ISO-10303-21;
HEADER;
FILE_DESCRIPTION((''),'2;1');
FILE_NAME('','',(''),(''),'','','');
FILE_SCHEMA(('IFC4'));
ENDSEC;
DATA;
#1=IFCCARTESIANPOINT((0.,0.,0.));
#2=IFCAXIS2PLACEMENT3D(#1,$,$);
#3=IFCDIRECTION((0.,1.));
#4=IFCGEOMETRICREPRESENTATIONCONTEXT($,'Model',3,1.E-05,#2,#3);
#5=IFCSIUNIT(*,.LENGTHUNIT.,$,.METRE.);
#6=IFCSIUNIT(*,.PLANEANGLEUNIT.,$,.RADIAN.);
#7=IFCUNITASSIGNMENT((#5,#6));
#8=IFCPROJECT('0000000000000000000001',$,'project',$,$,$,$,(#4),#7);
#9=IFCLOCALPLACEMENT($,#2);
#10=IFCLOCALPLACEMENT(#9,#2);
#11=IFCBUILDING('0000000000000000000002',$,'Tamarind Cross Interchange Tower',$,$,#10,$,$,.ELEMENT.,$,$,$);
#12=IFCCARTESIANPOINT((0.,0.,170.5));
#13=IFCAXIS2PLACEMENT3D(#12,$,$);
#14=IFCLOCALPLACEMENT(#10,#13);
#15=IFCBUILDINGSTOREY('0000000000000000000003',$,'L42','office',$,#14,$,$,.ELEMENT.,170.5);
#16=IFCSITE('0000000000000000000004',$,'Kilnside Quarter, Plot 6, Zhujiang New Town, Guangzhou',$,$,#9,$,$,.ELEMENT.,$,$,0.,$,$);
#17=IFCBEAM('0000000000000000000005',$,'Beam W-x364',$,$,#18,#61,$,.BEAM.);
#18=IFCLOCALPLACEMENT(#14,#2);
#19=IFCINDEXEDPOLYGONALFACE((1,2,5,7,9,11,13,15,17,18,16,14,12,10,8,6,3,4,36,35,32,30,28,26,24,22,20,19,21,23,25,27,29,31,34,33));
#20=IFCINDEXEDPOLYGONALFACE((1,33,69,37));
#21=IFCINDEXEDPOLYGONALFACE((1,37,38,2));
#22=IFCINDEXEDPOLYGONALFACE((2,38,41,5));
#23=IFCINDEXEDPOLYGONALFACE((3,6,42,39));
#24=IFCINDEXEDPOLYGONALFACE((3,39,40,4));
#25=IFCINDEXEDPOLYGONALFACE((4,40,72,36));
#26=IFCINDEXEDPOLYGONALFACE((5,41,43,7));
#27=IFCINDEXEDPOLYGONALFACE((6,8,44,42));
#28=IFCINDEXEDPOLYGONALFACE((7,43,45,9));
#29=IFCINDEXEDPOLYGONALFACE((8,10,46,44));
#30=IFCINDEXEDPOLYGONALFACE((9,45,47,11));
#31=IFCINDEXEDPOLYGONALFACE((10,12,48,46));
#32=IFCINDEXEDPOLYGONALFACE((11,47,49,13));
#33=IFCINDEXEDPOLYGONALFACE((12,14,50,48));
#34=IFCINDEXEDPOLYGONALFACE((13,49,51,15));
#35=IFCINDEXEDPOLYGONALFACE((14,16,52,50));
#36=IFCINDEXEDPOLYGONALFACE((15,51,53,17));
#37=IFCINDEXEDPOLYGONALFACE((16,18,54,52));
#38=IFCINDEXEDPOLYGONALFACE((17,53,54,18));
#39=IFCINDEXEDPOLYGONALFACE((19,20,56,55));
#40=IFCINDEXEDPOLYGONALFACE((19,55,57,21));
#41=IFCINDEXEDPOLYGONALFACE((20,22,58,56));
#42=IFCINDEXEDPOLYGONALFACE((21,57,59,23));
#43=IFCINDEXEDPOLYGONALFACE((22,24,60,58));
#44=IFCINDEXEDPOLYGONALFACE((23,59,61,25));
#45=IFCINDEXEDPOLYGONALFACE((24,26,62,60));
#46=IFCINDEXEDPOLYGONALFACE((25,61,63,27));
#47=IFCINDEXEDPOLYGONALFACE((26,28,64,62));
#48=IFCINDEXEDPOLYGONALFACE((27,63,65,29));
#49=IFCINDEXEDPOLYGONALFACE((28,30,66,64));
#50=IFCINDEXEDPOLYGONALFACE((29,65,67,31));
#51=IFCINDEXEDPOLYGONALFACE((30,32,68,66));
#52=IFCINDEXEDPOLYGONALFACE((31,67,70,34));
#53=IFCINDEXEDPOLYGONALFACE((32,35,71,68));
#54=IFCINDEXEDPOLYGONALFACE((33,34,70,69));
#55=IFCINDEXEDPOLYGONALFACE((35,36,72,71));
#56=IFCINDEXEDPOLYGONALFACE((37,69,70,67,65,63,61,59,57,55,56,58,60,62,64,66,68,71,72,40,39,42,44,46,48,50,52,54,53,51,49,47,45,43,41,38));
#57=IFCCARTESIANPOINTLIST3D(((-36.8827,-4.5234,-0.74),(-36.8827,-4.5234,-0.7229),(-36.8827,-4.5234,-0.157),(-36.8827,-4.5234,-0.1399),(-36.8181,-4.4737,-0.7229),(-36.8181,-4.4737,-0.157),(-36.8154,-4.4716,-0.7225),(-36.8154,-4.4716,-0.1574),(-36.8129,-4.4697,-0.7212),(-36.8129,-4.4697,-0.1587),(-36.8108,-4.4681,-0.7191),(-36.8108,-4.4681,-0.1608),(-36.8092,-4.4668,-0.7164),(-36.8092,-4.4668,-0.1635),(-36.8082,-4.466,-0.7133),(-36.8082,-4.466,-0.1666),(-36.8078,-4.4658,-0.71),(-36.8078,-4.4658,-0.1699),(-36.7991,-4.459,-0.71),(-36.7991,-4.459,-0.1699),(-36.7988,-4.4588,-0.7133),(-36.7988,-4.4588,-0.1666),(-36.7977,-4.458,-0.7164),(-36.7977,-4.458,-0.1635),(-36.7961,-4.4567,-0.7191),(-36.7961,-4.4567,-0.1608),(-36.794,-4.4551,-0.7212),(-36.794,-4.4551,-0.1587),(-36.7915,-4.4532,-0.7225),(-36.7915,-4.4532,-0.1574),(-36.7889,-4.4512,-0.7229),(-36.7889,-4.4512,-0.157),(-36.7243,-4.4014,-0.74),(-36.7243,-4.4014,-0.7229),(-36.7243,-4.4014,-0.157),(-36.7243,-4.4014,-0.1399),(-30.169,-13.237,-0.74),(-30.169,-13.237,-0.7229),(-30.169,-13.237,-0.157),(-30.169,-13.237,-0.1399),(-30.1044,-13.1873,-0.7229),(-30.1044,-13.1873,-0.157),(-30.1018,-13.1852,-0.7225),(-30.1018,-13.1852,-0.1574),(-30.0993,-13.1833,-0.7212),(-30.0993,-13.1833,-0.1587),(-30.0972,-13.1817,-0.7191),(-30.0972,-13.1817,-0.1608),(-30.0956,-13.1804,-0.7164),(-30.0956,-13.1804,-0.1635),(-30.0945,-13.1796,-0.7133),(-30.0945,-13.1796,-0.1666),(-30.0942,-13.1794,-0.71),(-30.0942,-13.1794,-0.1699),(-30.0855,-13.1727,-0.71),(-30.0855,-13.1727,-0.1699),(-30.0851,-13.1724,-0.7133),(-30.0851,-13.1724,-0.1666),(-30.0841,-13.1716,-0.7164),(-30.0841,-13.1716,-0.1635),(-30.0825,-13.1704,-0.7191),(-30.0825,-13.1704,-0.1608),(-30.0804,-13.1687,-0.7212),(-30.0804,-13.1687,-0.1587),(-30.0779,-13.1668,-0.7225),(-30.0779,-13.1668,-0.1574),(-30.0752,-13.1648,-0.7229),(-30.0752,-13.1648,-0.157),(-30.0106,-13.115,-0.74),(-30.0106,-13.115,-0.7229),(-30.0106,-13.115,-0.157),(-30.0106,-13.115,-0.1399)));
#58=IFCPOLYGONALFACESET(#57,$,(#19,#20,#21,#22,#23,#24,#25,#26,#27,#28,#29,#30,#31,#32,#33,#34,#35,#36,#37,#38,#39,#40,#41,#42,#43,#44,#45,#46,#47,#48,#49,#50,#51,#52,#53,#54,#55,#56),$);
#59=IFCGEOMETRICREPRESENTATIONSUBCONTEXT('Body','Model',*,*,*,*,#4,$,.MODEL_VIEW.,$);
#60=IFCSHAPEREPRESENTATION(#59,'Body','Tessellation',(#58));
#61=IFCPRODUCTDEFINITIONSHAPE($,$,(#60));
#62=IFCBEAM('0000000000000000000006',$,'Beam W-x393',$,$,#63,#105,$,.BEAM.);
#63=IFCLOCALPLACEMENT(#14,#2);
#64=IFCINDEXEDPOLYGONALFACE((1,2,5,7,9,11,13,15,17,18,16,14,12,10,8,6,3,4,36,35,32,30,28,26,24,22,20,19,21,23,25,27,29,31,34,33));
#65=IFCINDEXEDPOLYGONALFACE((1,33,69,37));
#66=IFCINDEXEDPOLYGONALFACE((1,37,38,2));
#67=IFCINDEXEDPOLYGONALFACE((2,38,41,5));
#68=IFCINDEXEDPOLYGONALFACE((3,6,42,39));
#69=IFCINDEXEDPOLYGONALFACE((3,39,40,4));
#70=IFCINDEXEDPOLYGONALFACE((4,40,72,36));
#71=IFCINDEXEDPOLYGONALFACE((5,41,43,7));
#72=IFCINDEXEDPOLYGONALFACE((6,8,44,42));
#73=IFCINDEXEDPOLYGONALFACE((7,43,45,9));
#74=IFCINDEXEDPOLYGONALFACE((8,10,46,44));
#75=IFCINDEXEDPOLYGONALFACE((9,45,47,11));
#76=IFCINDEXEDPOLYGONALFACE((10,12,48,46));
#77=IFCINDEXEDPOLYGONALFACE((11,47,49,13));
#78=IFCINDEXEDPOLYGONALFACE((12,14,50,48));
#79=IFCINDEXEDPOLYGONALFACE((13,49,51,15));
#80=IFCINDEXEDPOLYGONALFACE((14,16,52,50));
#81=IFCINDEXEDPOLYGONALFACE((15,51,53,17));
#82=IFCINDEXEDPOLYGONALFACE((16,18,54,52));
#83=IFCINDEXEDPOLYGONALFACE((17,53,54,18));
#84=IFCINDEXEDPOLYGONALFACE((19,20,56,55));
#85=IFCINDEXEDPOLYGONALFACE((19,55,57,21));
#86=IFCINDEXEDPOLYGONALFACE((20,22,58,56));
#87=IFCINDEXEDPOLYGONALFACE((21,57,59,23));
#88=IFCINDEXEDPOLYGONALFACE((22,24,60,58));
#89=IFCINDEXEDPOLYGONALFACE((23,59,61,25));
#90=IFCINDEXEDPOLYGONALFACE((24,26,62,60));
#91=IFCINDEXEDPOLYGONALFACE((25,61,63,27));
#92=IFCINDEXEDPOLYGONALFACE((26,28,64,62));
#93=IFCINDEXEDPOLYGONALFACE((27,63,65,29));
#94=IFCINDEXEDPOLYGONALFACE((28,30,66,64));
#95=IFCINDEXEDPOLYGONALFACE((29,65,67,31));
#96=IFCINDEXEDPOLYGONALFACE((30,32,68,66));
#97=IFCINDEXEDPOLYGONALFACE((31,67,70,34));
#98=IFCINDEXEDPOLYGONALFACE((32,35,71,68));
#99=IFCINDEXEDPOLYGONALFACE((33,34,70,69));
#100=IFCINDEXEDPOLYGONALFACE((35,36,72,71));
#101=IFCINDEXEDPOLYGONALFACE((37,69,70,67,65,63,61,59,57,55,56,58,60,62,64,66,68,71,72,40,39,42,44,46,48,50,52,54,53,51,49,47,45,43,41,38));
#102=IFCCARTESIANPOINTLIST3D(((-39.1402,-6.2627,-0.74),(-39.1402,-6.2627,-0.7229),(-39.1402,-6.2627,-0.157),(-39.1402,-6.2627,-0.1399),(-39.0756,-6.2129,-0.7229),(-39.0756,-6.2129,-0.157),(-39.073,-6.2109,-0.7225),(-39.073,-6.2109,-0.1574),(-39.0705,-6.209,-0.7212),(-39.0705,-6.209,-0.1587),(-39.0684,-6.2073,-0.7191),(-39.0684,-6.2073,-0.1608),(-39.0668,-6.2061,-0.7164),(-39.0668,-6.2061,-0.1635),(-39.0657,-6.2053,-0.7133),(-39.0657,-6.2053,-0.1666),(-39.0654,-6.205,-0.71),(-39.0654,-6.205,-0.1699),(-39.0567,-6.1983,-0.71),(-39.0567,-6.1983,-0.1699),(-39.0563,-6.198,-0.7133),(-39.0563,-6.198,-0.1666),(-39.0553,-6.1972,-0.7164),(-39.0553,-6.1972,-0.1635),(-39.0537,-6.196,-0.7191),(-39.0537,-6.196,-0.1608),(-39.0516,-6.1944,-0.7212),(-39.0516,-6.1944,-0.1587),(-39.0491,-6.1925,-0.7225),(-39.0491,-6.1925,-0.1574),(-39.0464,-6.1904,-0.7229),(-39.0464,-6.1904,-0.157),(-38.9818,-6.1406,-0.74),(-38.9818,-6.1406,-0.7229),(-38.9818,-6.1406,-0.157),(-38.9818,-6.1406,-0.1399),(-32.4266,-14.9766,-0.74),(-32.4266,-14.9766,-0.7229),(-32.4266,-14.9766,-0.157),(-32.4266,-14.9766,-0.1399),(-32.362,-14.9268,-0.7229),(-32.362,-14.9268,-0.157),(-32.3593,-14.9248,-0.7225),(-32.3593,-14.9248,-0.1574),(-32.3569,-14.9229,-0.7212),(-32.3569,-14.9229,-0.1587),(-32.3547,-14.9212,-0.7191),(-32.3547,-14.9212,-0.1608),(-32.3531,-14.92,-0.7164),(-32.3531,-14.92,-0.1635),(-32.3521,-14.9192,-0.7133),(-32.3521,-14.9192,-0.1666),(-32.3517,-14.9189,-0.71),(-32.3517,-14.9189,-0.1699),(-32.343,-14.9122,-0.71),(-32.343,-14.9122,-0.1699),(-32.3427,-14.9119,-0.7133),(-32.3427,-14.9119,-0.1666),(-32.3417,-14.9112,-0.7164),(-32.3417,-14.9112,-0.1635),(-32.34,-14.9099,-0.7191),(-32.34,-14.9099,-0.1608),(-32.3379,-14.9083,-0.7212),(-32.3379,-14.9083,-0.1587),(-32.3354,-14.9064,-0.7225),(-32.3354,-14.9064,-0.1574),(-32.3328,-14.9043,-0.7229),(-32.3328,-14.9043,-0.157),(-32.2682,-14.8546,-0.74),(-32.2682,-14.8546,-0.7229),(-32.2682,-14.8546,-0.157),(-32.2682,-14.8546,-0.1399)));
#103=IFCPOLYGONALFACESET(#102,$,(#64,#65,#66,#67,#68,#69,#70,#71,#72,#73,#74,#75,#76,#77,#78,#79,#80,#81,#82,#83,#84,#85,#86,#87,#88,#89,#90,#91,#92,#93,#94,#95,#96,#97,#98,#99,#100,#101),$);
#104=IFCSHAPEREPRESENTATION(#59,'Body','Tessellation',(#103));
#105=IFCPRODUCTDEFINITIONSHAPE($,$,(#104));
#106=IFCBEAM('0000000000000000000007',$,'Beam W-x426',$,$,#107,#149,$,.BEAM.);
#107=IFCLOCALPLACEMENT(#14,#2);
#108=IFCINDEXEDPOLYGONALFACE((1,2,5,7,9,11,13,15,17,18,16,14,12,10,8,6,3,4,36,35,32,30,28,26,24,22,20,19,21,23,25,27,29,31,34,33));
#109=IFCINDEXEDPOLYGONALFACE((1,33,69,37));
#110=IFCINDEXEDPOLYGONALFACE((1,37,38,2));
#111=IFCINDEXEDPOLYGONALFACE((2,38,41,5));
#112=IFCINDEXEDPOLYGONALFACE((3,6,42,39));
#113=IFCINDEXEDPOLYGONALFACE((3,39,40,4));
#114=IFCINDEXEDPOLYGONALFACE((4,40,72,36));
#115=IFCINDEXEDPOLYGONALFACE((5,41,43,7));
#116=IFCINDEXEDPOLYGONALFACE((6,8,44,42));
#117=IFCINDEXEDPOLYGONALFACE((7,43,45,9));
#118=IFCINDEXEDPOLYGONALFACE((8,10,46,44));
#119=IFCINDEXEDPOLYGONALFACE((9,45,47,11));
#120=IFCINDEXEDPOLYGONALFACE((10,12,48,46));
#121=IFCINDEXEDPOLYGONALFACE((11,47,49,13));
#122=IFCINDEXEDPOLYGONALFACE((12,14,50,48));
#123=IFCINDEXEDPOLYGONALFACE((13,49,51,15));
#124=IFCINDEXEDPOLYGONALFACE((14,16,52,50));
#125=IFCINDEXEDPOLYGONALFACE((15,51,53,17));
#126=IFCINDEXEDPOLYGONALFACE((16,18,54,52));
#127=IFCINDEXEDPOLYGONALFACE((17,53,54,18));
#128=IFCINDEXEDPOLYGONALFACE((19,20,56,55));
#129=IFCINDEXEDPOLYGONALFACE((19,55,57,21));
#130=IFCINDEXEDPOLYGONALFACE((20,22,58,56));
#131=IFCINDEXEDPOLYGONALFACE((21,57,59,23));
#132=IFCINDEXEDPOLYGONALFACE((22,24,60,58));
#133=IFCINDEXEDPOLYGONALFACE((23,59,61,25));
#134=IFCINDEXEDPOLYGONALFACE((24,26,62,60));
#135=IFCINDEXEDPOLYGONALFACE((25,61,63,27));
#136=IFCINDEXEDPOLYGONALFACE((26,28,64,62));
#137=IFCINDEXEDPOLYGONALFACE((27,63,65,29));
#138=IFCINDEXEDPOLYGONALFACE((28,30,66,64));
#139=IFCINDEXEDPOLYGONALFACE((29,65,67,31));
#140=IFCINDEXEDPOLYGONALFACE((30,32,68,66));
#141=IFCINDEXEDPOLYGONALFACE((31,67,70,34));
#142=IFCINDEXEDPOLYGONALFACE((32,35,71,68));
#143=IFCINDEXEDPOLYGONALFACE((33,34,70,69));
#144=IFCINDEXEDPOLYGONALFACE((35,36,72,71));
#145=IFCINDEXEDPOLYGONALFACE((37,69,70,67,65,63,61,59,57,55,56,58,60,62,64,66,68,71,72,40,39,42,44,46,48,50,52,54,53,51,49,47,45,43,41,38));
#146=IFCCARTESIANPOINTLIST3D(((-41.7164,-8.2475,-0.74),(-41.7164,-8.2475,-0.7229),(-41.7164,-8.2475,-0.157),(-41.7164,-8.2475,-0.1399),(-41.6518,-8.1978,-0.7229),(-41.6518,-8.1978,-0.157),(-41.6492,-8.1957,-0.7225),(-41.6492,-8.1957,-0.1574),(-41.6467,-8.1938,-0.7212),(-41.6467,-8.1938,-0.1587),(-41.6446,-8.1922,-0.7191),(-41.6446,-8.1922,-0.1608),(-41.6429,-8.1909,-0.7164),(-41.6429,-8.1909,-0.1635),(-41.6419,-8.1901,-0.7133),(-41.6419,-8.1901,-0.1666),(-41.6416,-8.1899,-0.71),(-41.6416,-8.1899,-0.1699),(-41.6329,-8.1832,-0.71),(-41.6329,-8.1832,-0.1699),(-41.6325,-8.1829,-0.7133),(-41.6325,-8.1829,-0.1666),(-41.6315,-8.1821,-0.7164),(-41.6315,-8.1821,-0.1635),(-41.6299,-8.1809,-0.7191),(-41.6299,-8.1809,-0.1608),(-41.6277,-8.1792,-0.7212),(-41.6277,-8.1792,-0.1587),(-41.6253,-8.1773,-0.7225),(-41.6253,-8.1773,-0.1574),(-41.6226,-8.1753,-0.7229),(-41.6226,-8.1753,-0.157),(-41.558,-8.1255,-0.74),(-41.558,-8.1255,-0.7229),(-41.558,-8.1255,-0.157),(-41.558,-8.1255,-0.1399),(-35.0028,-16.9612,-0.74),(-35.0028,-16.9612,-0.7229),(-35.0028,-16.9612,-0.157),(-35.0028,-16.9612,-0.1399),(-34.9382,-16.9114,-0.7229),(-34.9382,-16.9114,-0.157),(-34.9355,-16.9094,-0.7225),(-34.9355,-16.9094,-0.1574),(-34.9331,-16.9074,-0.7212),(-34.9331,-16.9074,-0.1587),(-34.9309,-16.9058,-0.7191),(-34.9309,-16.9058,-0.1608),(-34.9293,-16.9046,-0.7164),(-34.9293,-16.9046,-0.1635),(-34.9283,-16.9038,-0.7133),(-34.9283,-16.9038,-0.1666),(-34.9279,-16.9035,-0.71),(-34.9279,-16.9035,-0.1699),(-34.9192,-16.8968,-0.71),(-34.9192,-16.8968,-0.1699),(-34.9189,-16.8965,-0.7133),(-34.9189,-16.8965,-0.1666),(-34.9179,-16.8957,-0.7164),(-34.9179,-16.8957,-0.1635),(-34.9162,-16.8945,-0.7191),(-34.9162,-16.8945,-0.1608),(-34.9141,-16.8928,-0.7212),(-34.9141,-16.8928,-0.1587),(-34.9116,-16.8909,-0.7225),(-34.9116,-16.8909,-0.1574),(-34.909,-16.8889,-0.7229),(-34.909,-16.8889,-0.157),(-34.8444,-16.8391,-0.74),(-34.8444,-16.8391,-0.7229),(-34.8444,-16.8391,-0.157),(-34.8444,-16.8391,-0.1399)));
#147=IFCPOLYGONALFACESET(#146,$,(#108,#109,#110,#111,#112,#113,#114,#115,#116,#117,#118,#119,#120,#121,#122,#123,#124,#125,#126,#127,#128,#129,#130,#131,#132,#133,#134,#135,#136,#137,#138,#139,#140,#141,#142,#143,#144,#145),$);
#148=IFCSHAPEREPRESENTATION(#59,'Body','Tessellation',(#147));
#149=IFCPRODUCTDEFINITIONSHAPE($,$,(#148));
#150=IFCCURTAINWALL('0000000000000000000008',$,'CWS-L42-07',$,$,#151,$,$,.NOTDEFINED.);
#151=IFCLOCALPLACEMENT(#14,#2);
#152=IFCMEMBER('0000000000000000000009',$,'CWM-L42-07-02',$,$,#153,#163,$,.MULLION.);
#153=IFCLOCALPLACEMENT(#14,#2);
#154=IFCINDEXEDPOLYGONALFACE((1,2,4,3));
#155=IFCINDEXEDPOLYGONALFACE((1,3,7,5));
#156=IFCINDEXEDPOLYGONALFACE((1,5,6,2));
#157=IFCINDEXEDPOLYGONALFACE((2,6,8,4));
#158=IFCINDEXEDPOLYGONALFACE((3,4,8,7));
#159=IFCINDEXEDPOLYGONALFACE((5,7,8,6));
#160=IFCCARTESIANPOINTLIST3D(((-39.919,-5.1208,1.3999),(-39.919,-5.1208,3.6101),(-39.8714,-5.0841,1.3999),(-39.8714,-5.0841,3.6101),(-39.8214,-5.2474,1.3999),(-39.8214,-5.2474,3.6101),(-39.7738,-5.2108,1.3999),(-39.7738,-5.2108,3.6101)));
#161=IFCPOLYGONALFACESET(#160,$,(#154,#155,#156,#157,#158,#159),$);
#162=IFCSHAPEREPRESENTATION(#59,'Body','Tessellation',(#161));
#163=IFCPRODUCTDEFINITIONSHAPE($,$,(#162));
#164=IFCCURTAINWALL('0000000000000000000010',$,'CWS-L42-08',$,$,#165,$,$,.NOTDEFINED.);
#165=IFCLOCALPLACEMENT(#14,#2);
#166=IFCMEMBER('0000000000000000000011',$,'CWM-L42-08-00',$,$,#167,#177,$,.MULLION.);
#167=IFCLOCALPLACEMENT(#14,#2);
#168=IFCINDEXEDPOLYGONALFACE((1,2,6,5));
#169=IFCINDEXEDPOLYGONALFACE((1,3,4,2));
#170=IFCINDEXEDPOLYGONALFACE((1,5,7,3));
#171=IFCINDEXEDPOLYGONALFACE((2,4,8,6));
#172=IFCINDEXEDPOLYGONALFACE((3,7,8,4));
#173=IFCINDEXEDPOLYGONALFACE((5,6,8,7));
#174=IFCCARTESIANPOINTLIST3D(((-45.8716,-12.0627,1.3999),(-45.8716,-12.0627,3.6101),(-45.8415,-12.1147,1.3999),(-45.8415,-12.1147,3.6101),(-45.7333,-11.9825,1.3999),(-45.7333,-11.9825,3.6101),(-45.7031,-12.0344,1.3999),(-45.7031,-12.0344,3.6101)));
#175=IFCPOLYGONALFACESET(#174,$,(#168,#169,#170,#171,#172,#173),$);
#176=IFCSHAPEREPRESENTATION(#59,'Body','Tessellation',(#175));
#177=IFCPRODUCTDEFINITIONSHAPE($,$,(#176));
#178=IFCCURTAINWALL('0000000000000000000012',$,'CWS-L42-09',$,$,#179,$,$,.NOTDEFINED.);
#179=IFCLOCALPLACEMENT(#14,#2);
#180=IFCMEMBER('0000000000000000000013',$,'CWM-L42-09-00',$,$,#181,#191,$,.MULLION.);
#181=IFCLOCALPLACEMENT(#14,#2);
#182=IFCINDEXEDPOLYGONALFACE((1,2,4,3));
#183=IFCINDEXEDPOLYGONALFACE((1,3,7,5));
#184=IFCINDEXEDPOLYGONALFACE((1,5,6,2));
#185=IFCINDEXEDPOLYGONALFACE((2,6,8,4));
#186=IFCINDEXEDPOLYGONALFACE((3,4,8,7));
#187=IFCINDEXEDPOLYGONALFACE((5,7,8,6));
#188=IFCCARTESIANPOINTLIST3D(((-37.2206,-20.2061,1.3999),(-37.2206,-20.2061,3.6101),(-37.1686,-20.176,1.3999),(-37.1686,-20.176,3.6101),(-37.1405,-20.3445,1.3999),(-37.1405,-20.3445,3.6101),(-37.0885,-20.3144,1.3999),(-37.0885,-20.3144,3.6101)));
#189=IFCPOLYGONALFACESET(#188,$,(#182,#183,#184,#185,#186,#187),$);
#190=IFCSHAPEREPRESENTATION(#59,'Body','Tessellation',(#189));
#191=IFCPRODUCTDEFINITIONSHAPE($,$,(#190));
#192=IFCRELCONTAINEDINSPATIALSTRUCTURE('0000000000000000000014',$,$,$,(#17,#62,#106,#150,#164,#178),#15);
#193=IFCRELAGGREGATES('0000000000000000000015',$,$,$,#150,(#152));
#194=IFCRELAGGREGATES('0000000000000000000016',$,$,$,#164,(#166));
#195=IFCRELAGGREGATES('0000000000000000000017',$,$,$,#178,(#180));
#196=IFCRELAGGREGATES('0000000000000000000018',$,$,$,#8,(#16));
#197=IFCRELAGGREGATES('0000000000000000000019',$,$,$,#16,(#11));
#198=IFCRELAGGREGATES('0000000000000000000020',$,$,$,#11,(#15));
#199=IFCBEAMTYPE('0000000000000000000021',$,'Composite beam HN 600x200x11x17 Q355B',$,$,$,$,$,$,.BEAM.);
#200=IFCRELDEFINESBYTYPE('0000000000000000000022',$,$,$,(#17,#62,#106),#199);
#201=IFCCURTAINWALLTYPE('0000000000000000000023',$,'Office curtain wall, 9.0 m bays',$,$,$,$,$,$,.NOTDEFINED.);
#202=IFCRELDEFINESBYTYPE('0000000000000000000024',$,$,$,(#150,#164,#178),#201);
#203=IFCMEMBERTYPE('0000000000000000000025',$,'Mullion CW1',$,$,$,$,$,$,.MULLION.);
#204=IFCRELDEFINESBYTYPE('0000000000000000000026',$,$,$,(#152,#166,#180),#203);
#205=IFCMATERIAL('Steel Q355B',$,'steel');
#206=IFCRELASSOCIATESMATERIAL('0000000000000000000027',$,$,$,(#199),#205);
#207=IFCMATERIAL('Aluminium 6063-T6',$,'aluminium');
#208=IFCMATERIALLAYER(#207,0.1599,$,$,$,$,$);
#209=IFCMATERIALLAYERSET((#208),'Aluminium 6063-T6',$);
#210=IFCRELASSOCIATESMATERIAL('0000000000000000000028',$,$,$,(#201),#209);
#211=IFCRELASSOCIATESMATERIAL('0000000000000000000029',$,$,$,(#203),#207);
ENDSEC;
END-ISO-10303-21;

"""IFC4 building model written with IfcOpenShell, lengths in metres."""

from ifc_helpers import new_model, si_unit, direction, frame, origin, origin_2d, place, context, subcontext, project, spatial, rectangle, i_section, extrude, material, layer, layer_set, material_profile, profile_set, type_object, element, aggregate, save


model = new_model("IFC4")

# Units and contexts
model_context = context("Model", 3, precision=1e-05, world=origin(), true_north=direction((0.0, 1.0)))
body_context = subcontext(model_context, "Body", "Model", "MODEL_VIEW")
ifc_project = project(units=[si_unit("LENGTHUNIT", "METRE"), si_unit("PLANEANGLEUNIT", "RADIAN")], contexts=[model_context])

# Site, building, storey
site_placement = place(None, origin())
site = spatial("IfcSite", under=ifc_project, at=site_placement, Name="Kilnside Quarter, Plot 6, Zhujiang New Town, Guangzhou", CompositionType="ELEMENT", RefElevation=0.0)
building_placement = place(site_placement, origin())
building = spatial("IfcBuilding", under=site, at=building_placement, Name="Tamarind Cross Interchange Tower", CompositionType="ELEMENT")
storey_placement = place(building_placement, frame((0.0, 0.0, 170.5)))
storey = spatial("IfcBuildingStorey", under=building, at=storey_placement, Name="L42", Description="office", CompositionType="ELEMENT", Elevation=170.5)

# Beams
ifc_material_1 = material(Name="Steel Q355B", Category="steel")
ifc_material_profile_1 = material_profile(ifc_material_1, i_section(OverallWidth=0.2, OverallDepth=0.6001, WebThickness=0.011, FlangeThickness=0.0171, FilletRadius=0.0129, at=origin_2d()), Name="HN 600x200x11x17")
ifc_profile_set_1 = profile_set([ifc_material_profile_1], Name="Steel Q355B")
beam_type_1 = type_object("IfcBeamType", Name="Composite beam HN 600x200x11x17 Q355B", PredefinedType="BEAM", material=ifc_profile_set_1)
beam_1_placement = place(storey_placement, frame((-36.8035, -4.4624, -0.4399), z_axis=(0.610329, -0.792148, 0.0), x_axis=(0.792148, 0.610329, 0.0)))
element("IfcBeam", 1, at=beam_1_placement, inside=storey, type_object=beam_type_1, Name="Beam W-x364", PredefinedType="BEAM", context=body_context, shape_type="SweptSolid", body=[
    extrude(i_section(OverallWidth=0.2, OverallDepth=0.6001, WebThickness=0.011, FlangeThickness=0.0171, FilletRadius=0.0129, at=origin_2d()), origin(), (0.0, 0.0, 1.0), 11.0),
])
beam_2_placement = place(storey_placement, frame((-39.061, -6.2017, -0.4399), z_axis=(0.610319, -0.792156, 0.0), x_axis=(0.792156, 0.610319, 0.0)))
element("IfcBeam", 2, at=beam_2_placement, inside=storey, type_object=beam_type_1, Name="Beam W-x393", PredefinedType="BEAM", context=body_context, shape_type="SweptSolid", body=[
    extrude(i_section(OverallWidth=0.2, OverallDepth=0.6001, WebThickness=0.011, FlangeThickness=0.0171, FilletRadius=0.0129, at=origin_2d()), origin(), (0.0, 0.0, 1.0), 11.0002),
])
beam_3_placement = place(storey_placement, frame((-41.6372, -8.1865, -0.4399), z_axis=(0.610329, -0.792148, 0.0), x_axis=(0.792148, 0.610329, 0.0)))
element("IfcBeam", 3, at=beam_3_placement, inside=storey, type_object=beam_type_1, Name="Beam W-x426", PredefinedType="BEAM", context=body_context, shape_type="SweptSolid", body=[
    extrude(i_section(OverallWidth=0.2, OverallDepth=0.6001, WebThickness=0.011, FlangeThickness=0.0171, FilletRadius=0.0129, at=origin_2d()), origin(), (0.0, 0.0, 1.0), 11.0),
])

# Curtain walls, members
ifc_material_2 = material(Name="Aluminium 6063-T6", Category="aluminium")
ifc_layer_1 = layer(ifc_material_2, 0.1599)
ifc_layer_set_1 = layer_set([ifc_layer_1], Name="Aluminium 6063-T6")
curtain_wall_type = type_object("IfcCurtainWallType", Name="Office curtain wall, 9.0 m bays", PredefinedType="NOTDEFINED", material=ifc_layer_set_1)
curtain_wall_1_placement = place(storey_placement, origin())
curtain_wall_1 = element("IfcCurtainWall", 4, at=curtain_wall_1_placement, inside=storey, type_object=curtain_wall_type, Name="CWS-L42-07", PredefinedType="NOTDEFINED")
ifc_material_profile_2 = material_profile(ifc_material_2, rectangle(XDim=0.0601, YDim=0.1599, at=origin_2d()), Name="Mullion CW1")
ifc_profile_set_2 = profile_set([ifc_material_profile_2], Name="Aluminium 6063-T6")
member_type = type_object("IfcMemberType", Name="Mullion CW1", PredefinedType="MULLION", material=ifc_profile_set_2)
member_1_placement = place(storey_placement, frame((-39.8464, -5.1658, 1.3999), z_axis=(0.0, 0.0, 1.0), x_axis=(-0.792153, -0.610322, 0.0)))
member_1 = element("IfcMember", 5, at=member_1_placement, type_object=member_type, Name="CWM-L42-07-02", PredefinedType="MULLION", context=body_context, shape_type="SweptSolid", body=[
    extrude(rectangle(XDim=0.0601, YDim=0.1599, at=origin_2d()), origin(), (0.0, 0.0, 1.0), 2.2102),
])
aggregate(curtain_wall_1, [member_1])
curtain_wall_2_placement = place(storey_placement, origin())
curtain_wall_2 = element("IfcCurtainWall", 6, at=curtain_wall_2_placement, inside=storey, type_object=curtain_wall_type, Name="CWS-L42-08", PredefinedType="NOTDEFINED")
member_2_placement = place(storey_placement, frame((-45.7874, -12.0486, 1.3999), z_axis=(0.0, 0.0, 1.0), x_axis=(0.501704, -0.865039, 0.0)))
member_2 = element("IfcMember", 7, at=member_2_placement, type_object=member_type, Name="CWM-L42-08-00", PredefinedType="MULLION", context=body_context, shape_type="SweptSolid", body=[
    extrude(rectangle(XDim=0.0601, YDim=0.1599, at=origin_2d()), origin(), (0.0, 0.0, 1.0), 2.2102),
])
aggregate(curtain_wall_2, [member_2])
curtain_wall_3_placement = place(storey_placement, origin())
curtain_wall_3 = element("IfcCurtainWall", 8, at=curtain_wall_3_placement, inside=storey, type_object=curtain_wall_type, Name="CWS-L42-09", PredefinedType="NOTDEFINED")
member_3_placement = place(storey_placement, frame((-37.1545, -20.2603, 1.3999), z_axis=(0.0, 0.0, 1.0), x_axis=(0.865686, 0.500588, 0.0)))
member_3 = element("IfcMember", 9, at=member_3_placement, type_object=member_type, Name="CWM-L42-09-00", PredefinedType="MULLION", context=body_context, shape_type="SweptSolid", body=[
    extrude(rectangle(XDim=0.0601, YDim=0.1599, at=origin_2d()), origin(), (0.0, 0.0, 1.0), 2.2102),
])
aggregate(curtain_wall_3, [member_3])

save(model, "model.ifc")
